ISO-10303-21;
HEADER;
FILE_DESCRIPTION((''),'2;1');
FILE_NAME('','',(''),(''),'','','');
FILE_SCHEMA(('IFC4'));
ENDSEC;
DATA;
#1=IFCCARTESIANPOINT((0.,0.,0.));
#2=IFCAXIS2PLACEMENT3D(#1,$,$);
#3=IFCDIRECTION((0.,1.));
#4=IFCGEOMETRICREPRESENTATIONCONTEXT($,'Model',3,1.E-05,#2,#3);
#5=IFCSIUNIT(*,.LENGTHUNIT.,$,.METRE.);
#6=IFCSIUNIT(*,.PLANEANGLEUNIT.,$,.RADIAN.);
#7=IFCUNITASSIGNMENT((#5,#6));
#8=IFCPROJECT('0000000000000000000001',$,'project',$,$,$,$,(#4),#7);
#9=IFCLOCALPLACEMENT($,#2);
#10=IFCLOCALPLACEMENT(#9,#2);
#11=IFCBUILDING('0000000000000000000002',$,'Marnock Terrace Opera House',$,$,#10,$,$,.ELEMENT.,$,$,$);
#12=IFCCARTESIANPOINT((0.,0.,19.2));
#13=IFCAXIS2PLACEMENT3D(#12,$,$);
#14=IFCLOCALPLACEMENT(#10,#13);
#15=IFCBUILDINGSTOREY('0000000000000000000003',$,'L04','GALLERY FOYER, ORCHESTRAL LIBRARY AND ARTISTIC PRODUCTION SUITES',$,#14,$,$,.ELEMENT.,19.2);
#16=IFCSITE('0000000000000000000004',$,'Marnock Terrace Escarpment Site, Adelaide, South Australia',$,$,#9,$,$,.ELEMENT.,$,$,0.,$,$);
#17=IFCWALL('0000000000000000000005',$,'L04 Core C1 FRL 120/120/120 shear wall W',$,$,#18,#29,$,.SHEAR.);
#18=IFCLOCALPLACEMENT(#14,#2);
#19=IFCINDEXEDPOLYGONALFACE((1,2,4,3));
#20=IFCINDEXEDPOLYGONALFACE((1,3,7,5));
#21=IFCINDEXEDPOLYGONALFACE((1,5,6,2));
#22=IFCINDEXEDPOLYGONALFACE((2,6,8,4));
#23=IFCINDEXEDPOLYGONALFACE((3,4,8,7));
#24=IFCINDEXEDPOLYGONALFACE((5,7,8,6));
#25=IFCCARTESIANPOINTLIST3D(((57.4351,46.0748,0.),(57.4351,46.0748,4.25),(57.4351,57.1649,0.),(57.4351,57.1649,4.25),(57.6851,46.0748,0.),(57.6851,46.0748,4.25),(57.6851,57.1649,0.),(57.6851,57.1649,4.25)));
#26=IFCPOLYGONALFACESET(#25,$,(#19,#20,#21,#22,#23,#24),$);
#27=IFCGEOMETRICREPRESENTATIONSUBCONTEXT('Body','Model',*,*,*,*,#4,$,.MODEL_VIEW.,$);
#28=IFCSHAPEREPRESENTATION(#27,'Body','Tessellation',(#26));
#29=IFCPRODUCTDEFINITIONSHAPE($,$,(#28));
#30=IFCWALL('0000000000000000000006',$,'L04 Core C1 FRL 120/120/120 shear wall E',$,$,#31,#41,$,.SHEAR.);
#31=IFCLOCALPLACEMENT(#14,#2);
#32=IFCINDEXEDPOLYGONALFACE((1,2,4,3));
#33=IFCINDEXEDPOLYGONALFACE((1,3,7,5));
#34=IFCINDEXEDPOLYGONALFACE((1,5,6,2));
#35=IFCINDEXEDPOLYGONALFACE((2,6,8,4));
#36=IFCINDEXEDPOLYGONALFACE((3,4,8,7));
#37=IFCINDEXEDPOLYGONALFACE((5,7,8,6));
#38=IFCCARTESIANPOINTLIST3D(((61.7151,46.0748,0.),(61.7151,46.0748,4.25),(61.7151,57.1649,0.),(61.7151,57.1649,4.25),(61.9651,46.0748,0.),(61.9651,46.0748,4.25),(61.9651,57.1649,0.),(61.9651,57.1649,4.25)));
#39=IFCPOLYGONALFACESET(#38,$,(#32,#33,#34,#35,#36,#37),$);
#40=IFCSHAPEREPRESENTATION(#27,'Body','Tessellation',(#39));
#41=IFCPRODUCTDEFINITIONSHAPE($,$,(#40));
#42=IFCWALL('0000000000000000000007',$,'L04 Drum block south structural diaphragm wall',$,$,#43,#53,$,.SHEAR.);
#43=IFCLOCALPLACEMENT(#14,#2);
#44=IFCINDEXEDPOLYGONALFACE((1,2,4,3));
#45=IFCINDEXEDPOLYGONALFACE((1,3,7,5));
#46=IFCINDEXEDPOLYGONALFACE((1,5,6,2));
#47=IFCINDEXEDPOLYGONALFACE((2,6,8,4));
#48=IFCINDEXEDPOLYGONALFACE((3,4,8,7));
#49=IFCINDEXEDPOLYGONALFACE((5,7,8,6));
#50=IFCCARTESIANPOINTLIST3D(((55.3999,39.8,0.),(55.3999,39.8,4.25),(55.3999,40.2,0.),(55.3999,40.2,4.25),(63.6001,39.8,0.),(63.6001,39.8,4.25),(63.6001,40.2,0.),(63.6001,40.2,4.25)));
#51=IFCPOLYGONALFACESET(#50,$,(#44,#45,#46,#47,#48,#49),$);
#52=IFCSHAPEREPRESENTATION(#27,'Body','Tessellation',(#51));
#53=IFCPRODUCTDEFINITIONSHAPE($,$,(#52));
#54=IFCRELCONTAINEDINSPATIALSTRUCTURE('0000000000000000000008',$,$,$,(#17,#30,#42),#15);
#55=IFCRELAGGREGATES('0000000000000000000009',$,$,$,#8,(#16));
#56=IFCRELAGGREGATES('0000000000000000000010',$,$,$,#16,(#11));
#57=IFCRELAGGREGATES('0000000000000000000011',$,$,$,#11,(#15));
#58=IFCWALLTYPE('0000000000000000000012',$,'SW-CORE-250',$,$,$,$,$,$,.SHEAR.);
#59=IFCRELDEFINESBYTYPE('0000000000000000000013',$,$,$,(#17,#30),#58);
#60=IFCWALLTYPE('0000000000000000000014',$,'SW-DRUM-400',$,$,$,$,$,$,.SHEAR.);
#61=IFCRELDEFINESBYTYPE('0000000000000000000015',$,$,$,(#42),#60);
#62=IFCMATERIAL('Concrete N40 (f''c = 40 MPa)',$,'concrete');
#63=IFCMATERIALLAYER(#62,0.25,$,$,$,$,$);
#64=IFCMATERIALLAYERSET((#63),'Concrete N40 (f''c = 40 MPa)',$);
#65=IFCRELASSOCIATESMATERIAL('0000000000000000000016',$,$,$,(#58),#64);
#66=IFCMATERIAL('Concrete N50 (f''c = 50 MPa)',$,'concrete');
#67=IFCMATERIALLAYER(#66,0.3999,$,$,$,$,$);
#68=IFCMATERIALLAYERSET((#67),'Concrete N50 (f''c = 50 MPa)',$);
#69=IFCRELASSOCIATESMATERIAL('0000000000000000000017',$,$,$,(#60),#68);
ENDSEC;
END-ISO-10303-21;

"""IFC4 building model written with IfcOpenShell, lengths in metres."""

from ifc_helpers import new_model, si_unit, direction, frame, frame_2d, origin, place, context, subcontext, project, spatial, rectangle, extrude, material, layer, layer_set, type_object, element, save


model = new_model("IFC4")

# Units and contexts
model_context = context("Model", 3, precision=1e-05, world=origin(), true_north=direction((0.0, 1.0)))
body_context = subcontext(model_context, "Body", "Model", "MODEL_VIEW")
ifc_project = project(units=[si_unit("LENGTHUNIT", "METRE"), si_unit("PLANEANGLEUNIT", "RADIAN")], contexts=[model_context])

# Site, building, storey
site_placement = place(None, origin())
site = spatial("IfcSite", under=ifc_project, at=site_placement, Name="Marnock Terrace Escarpment Site, Adelaide, South Australia", CompositionType="ELEMENT", RefElevation=0.0)
building_placement = place(site_placement, origin())
building = spatial("IfcBuilding", under=site, at=building_placement, Name="Marnock Terrace Opera House", CompositionType="ELEMENT")
storey_placement = place(building_placement, frame((0.0, 0.0, 19.2)))
storey = spatial("IfcBuildingStorey", under=building, at=storey_placement, Name="L04", Description="GALLERY FOYER, ORCHESTRAL LIBRARY AND ARTISTIC PRODUCTION SUITES", CompositionType="ELEMENT", Elevation=19.2)

# Shared definitions
ifc_material_1 = material(Name="Concrete N40 (f'c = 40 MPa)", Category="concrete")

# Shared definitions
ifc_material_2 = material(Name="Concrete N50 (f'c = 50 MPa)", Category="concrete")

# Shared definitions
ifc_layer_1 = layer(ifc_material_1, 0.25)
ifc_layer_set_1 = layer_set([ifc_layer_1], Name="Concrete N40 (f'c = 40 MPa)")
wall_type_1 = type_object("IfcWallType", Name="SW-CORE-250", PredefinedType="SHEAR", material=ifc_layer_set_1)

# Walls
for number, where, z_axis, x_axis, name in (
    (1, (57.5601, 46.075, 0.0), (0.0, 0.0, 1.0), (0.0, 1.0, 0.0), "L04 Core C1 FRL 120/120/120 shear wall W"),
    (2, (61.8401, 46.075, 0.0), (0.0, 0.0, 1.0), (0.0, 1.0, 0.0), "L04 Core C1 FRL 120/120/120 shear wall E"),
):
    element("IfcWall", number, at=place(storey_placement, frame(where, z_axis=z_axis, x_axis=x_axis)), inside=storey, type_object=wall_type_1, Name=name, PredefinedType="SHEAR", context=body_context, shape_type="SweptSolid", body=[
        extrude(rectangle(XDim=11.0901, YDim=0.25, at=frame_2d((5.5449, 0.0))), origin(), (0.0, 0.0, 1.0), 4.25),
    ])
ifc_layer_2 = layer(ifc_material_2, 0.3999)
ifc_layer_set_2 = layer_set([ifc_layer_2], Name="Concrete N50 (f'c = 50 MPa)")
wall_type_2 = type_object("IfcWallType", Name="SW-DRUM-400", PredefinedType="SHEAR", material=ifc_layer_set_2)
wall_1_placement = place(storey_placement, frame((55.3999, 40.0, 0.0), z_axis=(0.0, 0.0, 1.0), x_axis=(1.0, 0.0, 0.0)))
element("IfcWall", 3, at=wall_1_placement, inside=storey, type_object=wall_type_2, Name="L04 Drum block south structural diaphragm wall", PredefinedType="SHEAR", context=body_context, shape_type="SweptSolid", body=[
    extrude(rectangle(XDim=8.2002, YDim=0.3999, at=frame_2d((4.1001, 0.0))), origin(), (0.0, 0.0, 1.0), 4.25),
])

save(model, "model.ifc")
